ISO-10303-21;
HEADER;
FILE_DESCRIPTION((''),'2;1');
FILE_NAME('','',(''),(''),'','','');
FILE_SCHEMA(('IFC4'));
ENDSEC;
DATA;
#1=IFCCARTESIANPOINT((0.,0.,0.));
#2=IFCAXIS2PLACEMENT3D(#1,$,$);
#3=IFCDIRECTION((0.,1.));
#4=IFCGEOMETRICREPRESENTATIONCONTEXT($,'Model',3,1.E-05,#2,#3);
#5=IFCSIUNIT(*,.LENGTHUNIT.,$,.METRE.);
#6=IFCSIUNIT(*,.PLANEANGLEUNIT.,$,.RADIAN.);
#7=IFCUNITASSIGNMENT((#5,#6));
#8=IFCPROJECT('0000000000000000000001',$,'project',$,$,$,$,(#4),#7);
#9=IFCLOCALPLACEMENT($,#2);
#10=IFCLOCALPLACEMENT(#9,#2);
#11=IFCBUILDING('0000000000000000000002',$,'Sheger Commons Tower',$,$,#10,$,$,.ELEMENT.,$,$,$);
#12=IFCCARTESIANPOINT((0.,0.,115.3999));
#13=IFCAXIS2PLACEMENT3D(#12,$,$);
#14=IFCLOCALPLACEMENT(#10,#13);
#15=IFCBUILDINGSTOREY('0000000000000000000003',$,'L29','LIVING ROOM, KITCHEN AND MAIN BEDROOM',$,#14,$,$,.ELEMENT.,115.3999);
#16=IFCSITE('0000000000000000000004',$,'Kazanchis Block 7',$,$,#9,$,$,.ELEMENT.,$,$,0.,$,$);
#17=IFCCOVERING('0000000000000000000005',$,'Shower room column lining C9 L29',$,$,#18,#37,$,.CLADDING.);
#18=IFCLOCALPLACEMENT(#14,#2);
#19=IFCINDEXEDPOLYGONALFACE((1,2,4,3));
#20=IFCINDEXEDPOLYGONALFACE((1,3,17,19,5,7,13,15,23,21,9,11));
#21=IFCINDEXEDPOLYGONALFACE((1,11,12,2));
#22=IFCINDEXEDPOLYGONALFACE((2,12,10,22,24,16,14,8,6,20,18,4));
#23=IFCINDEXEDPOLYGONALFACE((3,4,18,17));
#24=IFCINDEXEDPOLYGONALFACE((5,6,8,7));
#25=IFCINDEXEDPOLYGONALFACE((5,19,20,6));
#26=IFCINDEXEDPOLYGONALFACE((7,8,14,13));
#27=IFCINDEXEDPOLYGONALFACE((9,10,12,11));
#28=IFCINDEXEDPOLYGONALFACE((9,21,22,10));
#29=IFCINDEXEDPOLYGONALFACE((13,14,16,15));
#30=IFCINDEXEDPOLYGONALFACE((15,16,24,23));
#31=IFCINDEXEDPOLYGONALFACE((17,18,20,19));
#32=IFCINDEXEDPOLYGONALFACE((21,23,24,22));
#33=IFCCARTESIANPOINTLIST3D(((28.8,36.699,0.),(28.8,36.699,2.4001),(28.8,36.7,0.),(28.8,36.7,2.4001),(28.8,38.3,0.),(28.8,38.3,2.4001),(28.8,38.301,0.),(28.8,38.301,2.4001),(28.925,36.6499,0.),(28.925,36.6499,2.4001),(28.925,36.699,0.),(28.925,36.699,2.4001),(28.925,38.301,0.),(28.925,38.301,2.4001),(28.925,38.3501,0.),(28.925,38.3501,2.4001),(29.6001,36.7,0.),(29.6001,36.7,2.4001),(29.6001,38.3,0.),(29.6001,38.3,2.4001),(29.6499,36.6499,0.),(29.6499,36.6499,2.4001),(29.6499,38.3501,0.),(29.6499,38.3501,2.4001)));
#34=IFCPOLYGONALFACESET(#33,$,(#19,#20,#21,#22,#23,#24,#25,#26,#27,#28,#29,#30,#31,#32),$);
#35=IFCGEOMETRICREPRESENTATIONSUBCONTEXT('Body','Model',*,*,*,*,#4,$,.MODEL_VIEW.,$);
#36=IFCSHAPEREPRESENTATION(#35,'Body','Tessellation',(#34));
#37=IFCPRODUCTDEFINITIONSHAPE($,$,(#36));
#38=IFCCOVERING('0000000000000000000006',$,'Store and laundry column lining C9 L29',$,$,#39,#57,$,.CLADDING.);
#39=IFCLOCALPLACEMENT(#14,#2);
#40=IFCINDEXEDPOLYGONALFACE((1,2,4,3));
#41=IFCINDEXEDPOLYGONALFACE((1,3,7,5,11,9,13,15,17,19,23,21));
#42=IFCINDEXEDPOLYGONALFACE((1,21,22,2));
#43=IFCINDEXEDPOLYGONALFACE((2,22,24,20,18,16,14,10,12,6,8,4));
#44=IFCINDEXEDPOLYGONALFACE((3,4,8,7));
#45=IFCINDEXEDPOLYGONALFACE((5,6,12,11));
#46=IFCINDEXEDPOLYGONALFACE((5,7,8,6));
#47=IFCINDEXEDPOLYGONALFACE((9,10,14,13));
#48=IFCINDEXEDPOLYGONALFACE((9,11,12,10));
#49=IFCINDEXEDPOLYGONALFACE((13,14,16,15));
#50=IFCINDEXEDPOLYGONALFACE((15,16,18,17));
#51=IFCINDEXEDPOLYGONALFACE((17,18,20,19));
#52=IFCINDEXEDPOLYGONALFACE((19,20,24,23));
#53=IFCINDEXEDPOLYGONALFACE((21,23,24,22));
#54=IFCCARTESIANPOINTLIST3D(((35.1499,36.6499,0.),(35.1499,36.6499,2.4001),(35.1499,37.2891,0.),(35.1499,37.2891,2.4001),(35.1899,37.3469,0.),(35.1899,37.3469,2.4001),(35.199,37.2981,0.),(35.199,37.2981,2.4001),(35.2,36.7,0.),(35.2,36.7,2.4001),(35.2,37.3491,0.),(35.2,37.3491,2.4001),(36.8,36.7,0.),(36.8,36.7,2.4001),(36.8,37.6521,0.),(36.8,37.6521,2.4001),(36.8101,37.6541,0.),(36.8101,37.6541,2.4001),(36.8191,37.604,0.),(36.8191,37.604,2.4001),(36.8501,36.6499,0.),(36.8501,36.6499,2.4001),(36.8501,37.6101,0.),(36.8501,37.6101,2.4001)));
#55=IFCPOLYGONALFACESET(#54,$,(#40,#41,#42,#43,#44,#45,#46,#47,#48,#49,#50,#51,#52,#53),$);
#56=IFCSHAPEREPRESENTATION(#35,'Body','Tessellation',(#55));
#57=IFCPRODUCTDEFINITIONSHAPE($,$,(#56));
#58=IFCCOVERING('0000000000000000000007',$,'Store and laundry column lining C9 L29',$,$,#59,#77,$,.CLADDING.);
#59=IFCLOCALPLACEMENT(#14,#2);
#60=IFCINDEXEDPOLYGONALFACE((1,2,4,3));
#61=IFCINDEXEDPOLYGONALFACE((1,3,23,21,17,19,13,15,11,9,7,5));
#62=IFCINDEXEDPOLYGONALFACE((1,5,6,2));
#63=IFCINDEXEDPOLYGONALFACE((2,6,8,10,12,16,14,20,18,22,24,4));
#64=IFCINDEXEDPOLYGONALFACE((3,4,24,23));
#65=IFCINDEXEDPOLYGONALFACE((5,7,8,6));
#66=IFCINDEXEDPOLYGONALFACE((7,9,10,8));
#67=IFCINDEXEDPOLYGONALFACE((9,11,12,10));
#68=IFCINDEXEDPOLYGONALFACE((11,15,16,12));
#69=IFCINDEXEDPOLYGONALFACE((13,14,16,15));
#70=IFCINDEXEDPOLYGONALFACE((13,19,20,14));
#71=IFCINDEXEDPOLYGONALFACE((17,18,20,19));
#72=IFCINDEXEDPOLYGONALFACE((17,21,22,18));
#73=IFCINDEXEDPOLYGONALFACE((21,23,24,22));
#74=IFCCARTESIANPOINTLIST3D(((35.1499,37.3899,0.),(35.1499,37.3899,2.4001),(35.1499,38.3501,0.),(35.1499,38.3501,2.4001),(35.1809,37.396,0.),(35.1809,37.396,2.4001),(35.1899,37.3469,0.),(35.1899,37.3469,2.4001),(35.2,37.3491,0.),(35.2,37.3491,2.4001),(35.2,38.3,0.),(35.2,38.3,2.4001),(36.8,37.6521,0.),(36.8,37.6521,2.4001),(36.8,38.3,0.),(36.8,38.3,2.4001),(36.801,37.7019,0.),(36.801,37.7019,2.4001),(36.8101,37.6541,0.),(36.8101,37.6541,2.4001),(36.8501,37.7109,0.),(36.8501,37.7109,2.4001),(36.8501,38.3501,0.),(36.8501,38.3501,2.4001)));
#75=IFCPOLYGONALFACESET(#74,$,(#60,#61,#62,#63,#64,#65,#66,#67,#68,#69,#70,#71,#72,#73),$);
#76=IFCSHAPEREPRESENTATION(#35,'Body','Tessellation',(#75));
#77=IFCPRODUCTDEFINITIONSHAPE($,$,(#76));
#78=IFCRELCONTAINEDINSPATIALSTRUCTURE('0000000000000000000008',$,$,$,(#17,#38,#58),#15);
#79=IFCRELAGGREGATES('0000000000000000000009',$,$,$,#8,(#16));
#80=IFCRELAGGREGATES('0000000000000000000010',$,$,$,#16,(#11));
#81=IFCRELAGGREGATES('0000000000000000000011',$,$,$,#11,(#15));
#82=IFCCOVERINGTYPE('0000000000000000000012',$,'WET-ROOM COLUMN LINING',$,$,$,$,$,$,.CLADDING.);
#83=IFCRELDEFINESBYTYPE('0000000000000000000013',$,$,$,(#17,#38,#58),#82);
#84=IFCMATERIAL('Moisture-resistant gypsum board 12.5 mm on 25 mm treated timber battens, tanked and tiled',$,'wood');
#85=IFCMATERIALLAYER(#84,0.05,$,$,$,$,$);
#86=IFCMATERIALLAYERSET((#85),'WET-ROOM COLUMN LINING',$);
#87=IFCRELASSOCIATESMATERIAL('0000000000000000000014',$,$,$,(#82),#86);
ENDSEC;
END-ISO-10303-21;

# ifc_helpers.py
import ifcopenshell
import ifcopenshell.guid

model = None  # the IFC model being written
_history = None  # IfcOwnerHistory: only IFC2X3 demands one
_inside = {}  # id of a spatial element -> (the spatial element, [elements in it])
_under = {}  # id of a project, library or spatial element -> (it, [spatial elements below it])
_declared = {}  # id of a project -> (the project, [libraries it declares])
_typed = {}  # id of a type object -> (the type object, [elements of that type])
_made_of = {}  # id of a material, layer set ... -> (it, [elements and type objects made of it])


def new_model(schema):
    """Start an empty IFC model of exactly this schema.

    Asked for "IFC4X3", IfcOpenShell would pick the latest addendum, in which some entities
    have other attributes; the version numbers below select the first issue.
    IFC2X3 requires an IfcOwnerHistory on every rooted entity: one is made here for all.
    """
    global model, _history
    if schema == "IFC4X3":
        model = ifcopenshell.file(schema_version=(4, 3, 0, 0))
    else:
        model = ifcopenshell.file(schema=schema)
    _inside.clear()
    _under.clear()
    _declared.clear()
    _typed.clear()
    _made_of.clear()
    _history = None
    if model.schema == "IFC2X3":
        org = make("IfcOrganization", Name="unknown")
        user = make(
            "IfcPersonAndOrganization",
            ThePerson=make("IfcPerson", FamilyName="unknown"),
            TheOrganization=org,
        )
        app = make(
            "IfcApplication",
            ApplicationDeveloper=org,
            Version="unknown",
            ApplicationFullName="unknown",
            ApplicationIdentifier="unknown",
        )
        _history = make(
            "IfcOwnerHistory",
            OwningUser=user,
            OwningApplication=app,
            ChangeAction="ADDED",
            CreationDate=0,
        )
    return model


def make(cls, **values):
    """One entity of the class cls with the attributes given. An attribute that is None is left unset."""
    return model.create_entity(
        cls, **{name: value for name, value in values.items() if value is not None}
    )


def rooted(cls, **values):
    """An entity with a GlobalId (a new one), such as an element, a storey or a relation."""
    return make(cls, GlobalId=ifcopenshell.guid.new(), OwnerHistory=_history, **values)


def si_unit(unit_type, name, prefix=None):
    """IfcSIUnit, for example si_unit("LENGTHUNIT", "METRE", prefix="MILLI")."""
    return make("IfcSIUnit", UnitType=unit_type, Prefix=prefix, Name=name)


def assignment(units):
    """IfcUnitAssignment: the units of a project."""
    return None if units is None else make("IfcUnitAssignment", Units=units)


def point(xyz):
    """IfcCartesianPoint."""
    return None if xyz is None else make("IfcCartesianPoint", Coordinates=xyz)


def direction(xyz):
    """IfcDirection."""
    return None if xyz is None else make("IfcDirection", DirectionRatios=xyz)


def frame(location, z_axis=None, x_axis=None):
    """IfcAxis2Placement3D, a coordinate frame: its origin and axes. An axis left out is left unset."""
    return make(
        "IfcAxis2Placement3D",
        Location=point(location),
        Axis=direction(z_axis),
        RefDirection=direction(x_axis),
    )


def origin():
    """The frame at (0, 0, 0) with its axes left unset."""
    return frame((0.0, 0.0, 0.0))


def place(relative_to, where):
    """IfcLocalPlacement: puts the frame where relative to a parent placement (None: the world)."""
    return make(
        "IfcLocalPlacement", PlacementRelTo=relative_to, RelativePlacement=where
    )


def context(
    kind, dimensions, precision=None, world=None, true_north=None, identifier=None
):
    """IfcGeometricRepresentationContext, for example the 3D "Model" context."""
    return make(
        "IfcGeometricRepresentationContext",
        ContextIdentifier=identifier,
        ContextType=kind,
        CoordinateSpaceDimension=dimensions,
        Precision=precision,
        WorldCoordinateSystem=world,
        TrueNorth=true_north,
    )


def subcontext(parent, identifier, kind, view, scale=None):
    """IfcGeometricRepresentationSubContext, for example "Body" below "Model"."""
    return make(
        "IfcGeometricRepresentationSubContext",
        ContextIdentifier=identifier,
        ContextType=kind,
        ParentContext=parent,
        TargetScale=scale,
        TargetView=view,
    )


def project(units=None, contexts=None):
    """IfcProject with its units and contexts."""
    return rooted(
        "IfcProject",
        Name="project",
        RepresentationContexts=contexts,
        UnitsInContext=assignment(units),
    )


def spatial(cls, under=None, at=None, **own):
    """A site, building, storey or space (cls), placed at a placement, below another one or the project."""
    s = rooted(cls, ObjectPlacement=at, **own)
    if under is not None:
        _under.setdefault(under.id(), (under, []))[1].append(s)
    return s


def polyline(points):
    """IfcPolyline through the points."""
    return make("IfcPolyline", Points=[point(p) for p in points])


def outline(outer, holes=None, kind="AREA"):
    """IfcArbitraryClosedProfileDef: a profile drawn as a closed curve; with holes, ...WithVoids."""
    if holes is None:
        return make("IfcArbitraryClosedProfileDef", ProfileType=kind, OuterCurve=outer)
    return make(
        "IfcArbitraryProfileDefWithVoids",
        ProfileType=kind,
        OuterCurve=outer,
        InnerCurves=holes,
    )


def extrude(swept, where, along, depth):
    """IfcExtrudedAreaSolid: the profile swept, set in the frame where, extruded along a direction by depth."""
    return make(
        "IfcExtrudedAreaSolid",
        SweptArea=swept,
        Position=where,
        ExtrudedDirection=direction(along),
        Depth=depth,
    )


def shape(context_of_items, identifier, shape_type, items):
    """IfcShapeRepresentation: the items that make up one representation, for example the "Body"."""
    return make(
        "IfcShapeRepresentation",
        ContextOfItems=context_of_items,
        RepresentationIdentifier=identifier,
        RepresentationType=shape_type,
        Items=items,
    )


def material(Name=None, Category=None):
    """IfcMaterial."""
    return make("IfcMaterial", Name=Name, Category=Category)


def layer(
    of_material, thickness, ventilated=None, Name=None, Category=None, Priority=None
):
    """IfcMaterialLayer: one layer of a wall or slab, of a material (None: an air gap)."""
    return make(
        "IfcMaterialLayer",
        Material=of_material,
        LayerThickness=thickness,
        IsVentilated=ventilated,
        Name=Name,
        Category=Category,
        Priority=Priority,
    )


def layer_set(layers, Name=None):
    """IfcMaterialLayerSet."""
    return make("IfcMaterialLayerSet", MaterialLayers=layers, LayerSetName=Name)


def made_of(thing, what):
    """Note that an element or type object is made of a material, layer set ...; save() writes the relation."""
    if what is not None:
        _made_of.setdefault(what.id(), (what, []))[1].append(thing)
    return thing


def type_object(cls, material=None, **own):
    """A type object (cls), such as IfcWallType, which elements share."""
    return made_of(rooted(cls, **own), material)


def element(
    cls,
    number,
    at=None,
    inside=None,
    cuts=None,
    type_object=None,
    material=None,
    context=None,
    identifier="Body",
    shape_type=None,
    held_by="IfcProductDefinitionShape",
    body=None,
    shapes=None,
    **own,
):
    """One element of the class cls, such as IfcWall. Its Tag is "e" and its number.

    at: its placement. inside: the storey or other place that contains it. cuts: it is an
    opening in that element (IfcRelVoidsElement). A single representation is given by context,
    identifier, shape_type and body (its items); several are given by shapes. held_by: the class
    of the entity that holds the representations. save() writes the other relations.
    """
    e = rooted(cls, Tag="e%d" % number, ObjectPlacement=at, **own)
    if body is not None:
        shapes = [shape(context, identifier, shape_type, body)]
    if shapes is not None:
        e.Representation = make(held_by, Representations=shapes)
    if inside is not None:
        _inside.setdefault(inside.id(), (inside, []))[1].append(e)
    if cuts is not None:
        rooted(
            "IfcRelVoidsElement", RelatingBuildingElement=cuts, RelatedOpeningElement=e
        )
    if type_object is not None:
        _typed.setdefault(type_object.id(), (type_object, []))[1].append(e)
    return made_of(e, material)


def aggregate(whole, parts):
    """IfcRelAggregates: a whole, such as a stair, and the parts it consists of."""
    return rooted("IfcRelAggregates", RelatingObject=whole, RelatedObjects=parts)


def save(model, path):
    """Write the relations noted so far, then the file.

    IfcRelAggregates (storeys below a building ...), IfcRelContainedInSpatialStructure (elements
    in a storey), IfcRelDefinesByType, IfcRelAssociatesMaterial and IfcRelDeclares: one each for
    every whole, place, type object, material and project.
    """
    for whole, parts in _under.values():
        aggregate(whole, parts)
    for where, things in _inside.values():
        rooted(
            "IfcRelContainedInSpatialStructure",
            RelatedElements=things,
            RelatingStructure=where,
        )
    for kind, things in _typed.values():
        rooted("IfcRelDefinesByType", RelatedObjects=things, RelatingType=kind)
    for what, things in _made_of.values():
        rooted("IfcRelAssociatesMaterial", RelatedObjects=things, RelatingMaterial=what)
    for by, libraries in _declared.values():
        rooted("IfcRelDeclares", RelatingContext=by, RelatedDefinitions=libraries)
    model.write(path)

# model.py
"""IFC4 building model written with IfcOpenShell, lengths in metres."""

from ifc_helpers import new_model, si_unit, direction, frame, origin, place, context, subcontext, project, spatial, polyline, outline, extrude, material, layer, layer_set, type_object, element, save


model = new_model("IFC4")

# Units and contexts
model_context = context("Model", 3, precision=1e-05, world=origin(), true_north=direction((0.0, 1.0)))
body_context = subcontext(model_context, "Body", "Model", "MODEL_VIEW")
ifc_project = project(units=[si_unit("LENGTHUNIT", "METRE"), si_unit("PLANEANGLEUNIT", "RADIAN")], contexts=[model_context])

# Site, building, storey
site_placement = place(None, origin())
site = spatial("IfcSite", under=ifc_project, at=site_placement, Name="Kazanchis Block 7", CompositionType="ELEMENT", RefElevation=0.0)
building_placement = place(site_placement, origin())
building = spatial("IfcBuilding", under=site, at=building_placement, Name="Sheger Commons Tower", CompositionType="ELEMENT")
storey_placement = place(building_placement, frame((0.0, 0.0, 115.3999)))
storey = spatial("IfcBuildingStorey", under=building, at=storey_placement, Name="L29", Description="LIVING ROOM, KITCHEN AND MAIN BEDROOM", CompositionType="ELEMENT", Elevation=115.3999)

# Coverings
ifc_material_1 = material(Name="Moisture-resistant gypsum board 12.5 mm on 25 mm treated timber battens, tanked and tiled", Category="wood")
ifc_layer_1 = layer(ifc_material_1, 0.05)
ifc_layer_set_1 = layer_set([ifc_layer_1], Name="WET-ROOM COLUMN LINING")
covering_type_1 = type_object("IfcCoveringType", Name="WET-ROOM COLUMN LINING", PredefinedType="CLADDING", material=ifc_layer_set_1)
covering_1_placement = place(storey_placement, origin())
element("IfcCovering", 1, at=covering_1_placement, inside=storey, type_object=covering_type_1, Name="Shower room column lining C9 L29", PredefinedType="CLADDING", context=body_context, shape_type="SweptSolid", body=[
    extrude(outline(polyline([(29.6499, 36.6499), (28.925, 36.6499), (28.925, 36.699), (28.8, 36.699), (28.8, 36.7), (29.6001, 36.7), (29.6001, 38.3), (28.8, 38.3), (28.8, 38.301), (28.925, 38.301), (28.925, 38.3501), (29.6499, 38.3501), (29.6499, 36.6499)])), origin(), (0.0, 0.0, 1.0), 2.4001),
])
covering_2_placement = place(storey_placement, origin())
element("IfcCovering", 2, at=covering_2_placement, inside=storey, type_object=covering_type_1, Name="Store and laundry column lining C9 L29", PredefinedType="CLADDING", context=body_context, shape_type="SweptSolid", body=[
    extrude(outline(polyline([(35.2, 37.3491), (35.2, 36.7), (36.8, 36.7), (36.8, 37.6521), (36.8101, 37.6541), (36.8191, 37.604), (36.8501, 37.6101), (36.8501, 36.6499), (35.1499, 36.6499), (35.1499, 37.2891), (35.199, 37.2981), (35.1899, 37.3469), (35.2, 37.3491)])), origin(), (0.0, 0.0, 1.0), 2.4001),
])
covering_3_placement = place(storey_placement, origin())
element("IfcCovering", 3, at=covering_3_placement, inside=storey, type_object=covering_type_1, Name="Store and laundry column lining C9 L29", PredefinedType="CLADDING", context=body_context, shape_type="SweptSolid", body=[
    extrude(outline(polyline([(36.8501, 38.3501), (36.8501, 37.7109), (36.801, 37.7019), (36.8101, 37.6541), (36.8, 37.6521), (36.8, 38.3), (35.2, 38.3), (35.2, 37.3491), (35.1899, 37.3469), (35.1809, 37.396), (35.1499, 37.3899), (35.1499, 38.3501), (36.8501, 38.3501)])), origin(), (0.0, 0.0, 1.0), 2.4001),
])

save(model, "model.ifc")
